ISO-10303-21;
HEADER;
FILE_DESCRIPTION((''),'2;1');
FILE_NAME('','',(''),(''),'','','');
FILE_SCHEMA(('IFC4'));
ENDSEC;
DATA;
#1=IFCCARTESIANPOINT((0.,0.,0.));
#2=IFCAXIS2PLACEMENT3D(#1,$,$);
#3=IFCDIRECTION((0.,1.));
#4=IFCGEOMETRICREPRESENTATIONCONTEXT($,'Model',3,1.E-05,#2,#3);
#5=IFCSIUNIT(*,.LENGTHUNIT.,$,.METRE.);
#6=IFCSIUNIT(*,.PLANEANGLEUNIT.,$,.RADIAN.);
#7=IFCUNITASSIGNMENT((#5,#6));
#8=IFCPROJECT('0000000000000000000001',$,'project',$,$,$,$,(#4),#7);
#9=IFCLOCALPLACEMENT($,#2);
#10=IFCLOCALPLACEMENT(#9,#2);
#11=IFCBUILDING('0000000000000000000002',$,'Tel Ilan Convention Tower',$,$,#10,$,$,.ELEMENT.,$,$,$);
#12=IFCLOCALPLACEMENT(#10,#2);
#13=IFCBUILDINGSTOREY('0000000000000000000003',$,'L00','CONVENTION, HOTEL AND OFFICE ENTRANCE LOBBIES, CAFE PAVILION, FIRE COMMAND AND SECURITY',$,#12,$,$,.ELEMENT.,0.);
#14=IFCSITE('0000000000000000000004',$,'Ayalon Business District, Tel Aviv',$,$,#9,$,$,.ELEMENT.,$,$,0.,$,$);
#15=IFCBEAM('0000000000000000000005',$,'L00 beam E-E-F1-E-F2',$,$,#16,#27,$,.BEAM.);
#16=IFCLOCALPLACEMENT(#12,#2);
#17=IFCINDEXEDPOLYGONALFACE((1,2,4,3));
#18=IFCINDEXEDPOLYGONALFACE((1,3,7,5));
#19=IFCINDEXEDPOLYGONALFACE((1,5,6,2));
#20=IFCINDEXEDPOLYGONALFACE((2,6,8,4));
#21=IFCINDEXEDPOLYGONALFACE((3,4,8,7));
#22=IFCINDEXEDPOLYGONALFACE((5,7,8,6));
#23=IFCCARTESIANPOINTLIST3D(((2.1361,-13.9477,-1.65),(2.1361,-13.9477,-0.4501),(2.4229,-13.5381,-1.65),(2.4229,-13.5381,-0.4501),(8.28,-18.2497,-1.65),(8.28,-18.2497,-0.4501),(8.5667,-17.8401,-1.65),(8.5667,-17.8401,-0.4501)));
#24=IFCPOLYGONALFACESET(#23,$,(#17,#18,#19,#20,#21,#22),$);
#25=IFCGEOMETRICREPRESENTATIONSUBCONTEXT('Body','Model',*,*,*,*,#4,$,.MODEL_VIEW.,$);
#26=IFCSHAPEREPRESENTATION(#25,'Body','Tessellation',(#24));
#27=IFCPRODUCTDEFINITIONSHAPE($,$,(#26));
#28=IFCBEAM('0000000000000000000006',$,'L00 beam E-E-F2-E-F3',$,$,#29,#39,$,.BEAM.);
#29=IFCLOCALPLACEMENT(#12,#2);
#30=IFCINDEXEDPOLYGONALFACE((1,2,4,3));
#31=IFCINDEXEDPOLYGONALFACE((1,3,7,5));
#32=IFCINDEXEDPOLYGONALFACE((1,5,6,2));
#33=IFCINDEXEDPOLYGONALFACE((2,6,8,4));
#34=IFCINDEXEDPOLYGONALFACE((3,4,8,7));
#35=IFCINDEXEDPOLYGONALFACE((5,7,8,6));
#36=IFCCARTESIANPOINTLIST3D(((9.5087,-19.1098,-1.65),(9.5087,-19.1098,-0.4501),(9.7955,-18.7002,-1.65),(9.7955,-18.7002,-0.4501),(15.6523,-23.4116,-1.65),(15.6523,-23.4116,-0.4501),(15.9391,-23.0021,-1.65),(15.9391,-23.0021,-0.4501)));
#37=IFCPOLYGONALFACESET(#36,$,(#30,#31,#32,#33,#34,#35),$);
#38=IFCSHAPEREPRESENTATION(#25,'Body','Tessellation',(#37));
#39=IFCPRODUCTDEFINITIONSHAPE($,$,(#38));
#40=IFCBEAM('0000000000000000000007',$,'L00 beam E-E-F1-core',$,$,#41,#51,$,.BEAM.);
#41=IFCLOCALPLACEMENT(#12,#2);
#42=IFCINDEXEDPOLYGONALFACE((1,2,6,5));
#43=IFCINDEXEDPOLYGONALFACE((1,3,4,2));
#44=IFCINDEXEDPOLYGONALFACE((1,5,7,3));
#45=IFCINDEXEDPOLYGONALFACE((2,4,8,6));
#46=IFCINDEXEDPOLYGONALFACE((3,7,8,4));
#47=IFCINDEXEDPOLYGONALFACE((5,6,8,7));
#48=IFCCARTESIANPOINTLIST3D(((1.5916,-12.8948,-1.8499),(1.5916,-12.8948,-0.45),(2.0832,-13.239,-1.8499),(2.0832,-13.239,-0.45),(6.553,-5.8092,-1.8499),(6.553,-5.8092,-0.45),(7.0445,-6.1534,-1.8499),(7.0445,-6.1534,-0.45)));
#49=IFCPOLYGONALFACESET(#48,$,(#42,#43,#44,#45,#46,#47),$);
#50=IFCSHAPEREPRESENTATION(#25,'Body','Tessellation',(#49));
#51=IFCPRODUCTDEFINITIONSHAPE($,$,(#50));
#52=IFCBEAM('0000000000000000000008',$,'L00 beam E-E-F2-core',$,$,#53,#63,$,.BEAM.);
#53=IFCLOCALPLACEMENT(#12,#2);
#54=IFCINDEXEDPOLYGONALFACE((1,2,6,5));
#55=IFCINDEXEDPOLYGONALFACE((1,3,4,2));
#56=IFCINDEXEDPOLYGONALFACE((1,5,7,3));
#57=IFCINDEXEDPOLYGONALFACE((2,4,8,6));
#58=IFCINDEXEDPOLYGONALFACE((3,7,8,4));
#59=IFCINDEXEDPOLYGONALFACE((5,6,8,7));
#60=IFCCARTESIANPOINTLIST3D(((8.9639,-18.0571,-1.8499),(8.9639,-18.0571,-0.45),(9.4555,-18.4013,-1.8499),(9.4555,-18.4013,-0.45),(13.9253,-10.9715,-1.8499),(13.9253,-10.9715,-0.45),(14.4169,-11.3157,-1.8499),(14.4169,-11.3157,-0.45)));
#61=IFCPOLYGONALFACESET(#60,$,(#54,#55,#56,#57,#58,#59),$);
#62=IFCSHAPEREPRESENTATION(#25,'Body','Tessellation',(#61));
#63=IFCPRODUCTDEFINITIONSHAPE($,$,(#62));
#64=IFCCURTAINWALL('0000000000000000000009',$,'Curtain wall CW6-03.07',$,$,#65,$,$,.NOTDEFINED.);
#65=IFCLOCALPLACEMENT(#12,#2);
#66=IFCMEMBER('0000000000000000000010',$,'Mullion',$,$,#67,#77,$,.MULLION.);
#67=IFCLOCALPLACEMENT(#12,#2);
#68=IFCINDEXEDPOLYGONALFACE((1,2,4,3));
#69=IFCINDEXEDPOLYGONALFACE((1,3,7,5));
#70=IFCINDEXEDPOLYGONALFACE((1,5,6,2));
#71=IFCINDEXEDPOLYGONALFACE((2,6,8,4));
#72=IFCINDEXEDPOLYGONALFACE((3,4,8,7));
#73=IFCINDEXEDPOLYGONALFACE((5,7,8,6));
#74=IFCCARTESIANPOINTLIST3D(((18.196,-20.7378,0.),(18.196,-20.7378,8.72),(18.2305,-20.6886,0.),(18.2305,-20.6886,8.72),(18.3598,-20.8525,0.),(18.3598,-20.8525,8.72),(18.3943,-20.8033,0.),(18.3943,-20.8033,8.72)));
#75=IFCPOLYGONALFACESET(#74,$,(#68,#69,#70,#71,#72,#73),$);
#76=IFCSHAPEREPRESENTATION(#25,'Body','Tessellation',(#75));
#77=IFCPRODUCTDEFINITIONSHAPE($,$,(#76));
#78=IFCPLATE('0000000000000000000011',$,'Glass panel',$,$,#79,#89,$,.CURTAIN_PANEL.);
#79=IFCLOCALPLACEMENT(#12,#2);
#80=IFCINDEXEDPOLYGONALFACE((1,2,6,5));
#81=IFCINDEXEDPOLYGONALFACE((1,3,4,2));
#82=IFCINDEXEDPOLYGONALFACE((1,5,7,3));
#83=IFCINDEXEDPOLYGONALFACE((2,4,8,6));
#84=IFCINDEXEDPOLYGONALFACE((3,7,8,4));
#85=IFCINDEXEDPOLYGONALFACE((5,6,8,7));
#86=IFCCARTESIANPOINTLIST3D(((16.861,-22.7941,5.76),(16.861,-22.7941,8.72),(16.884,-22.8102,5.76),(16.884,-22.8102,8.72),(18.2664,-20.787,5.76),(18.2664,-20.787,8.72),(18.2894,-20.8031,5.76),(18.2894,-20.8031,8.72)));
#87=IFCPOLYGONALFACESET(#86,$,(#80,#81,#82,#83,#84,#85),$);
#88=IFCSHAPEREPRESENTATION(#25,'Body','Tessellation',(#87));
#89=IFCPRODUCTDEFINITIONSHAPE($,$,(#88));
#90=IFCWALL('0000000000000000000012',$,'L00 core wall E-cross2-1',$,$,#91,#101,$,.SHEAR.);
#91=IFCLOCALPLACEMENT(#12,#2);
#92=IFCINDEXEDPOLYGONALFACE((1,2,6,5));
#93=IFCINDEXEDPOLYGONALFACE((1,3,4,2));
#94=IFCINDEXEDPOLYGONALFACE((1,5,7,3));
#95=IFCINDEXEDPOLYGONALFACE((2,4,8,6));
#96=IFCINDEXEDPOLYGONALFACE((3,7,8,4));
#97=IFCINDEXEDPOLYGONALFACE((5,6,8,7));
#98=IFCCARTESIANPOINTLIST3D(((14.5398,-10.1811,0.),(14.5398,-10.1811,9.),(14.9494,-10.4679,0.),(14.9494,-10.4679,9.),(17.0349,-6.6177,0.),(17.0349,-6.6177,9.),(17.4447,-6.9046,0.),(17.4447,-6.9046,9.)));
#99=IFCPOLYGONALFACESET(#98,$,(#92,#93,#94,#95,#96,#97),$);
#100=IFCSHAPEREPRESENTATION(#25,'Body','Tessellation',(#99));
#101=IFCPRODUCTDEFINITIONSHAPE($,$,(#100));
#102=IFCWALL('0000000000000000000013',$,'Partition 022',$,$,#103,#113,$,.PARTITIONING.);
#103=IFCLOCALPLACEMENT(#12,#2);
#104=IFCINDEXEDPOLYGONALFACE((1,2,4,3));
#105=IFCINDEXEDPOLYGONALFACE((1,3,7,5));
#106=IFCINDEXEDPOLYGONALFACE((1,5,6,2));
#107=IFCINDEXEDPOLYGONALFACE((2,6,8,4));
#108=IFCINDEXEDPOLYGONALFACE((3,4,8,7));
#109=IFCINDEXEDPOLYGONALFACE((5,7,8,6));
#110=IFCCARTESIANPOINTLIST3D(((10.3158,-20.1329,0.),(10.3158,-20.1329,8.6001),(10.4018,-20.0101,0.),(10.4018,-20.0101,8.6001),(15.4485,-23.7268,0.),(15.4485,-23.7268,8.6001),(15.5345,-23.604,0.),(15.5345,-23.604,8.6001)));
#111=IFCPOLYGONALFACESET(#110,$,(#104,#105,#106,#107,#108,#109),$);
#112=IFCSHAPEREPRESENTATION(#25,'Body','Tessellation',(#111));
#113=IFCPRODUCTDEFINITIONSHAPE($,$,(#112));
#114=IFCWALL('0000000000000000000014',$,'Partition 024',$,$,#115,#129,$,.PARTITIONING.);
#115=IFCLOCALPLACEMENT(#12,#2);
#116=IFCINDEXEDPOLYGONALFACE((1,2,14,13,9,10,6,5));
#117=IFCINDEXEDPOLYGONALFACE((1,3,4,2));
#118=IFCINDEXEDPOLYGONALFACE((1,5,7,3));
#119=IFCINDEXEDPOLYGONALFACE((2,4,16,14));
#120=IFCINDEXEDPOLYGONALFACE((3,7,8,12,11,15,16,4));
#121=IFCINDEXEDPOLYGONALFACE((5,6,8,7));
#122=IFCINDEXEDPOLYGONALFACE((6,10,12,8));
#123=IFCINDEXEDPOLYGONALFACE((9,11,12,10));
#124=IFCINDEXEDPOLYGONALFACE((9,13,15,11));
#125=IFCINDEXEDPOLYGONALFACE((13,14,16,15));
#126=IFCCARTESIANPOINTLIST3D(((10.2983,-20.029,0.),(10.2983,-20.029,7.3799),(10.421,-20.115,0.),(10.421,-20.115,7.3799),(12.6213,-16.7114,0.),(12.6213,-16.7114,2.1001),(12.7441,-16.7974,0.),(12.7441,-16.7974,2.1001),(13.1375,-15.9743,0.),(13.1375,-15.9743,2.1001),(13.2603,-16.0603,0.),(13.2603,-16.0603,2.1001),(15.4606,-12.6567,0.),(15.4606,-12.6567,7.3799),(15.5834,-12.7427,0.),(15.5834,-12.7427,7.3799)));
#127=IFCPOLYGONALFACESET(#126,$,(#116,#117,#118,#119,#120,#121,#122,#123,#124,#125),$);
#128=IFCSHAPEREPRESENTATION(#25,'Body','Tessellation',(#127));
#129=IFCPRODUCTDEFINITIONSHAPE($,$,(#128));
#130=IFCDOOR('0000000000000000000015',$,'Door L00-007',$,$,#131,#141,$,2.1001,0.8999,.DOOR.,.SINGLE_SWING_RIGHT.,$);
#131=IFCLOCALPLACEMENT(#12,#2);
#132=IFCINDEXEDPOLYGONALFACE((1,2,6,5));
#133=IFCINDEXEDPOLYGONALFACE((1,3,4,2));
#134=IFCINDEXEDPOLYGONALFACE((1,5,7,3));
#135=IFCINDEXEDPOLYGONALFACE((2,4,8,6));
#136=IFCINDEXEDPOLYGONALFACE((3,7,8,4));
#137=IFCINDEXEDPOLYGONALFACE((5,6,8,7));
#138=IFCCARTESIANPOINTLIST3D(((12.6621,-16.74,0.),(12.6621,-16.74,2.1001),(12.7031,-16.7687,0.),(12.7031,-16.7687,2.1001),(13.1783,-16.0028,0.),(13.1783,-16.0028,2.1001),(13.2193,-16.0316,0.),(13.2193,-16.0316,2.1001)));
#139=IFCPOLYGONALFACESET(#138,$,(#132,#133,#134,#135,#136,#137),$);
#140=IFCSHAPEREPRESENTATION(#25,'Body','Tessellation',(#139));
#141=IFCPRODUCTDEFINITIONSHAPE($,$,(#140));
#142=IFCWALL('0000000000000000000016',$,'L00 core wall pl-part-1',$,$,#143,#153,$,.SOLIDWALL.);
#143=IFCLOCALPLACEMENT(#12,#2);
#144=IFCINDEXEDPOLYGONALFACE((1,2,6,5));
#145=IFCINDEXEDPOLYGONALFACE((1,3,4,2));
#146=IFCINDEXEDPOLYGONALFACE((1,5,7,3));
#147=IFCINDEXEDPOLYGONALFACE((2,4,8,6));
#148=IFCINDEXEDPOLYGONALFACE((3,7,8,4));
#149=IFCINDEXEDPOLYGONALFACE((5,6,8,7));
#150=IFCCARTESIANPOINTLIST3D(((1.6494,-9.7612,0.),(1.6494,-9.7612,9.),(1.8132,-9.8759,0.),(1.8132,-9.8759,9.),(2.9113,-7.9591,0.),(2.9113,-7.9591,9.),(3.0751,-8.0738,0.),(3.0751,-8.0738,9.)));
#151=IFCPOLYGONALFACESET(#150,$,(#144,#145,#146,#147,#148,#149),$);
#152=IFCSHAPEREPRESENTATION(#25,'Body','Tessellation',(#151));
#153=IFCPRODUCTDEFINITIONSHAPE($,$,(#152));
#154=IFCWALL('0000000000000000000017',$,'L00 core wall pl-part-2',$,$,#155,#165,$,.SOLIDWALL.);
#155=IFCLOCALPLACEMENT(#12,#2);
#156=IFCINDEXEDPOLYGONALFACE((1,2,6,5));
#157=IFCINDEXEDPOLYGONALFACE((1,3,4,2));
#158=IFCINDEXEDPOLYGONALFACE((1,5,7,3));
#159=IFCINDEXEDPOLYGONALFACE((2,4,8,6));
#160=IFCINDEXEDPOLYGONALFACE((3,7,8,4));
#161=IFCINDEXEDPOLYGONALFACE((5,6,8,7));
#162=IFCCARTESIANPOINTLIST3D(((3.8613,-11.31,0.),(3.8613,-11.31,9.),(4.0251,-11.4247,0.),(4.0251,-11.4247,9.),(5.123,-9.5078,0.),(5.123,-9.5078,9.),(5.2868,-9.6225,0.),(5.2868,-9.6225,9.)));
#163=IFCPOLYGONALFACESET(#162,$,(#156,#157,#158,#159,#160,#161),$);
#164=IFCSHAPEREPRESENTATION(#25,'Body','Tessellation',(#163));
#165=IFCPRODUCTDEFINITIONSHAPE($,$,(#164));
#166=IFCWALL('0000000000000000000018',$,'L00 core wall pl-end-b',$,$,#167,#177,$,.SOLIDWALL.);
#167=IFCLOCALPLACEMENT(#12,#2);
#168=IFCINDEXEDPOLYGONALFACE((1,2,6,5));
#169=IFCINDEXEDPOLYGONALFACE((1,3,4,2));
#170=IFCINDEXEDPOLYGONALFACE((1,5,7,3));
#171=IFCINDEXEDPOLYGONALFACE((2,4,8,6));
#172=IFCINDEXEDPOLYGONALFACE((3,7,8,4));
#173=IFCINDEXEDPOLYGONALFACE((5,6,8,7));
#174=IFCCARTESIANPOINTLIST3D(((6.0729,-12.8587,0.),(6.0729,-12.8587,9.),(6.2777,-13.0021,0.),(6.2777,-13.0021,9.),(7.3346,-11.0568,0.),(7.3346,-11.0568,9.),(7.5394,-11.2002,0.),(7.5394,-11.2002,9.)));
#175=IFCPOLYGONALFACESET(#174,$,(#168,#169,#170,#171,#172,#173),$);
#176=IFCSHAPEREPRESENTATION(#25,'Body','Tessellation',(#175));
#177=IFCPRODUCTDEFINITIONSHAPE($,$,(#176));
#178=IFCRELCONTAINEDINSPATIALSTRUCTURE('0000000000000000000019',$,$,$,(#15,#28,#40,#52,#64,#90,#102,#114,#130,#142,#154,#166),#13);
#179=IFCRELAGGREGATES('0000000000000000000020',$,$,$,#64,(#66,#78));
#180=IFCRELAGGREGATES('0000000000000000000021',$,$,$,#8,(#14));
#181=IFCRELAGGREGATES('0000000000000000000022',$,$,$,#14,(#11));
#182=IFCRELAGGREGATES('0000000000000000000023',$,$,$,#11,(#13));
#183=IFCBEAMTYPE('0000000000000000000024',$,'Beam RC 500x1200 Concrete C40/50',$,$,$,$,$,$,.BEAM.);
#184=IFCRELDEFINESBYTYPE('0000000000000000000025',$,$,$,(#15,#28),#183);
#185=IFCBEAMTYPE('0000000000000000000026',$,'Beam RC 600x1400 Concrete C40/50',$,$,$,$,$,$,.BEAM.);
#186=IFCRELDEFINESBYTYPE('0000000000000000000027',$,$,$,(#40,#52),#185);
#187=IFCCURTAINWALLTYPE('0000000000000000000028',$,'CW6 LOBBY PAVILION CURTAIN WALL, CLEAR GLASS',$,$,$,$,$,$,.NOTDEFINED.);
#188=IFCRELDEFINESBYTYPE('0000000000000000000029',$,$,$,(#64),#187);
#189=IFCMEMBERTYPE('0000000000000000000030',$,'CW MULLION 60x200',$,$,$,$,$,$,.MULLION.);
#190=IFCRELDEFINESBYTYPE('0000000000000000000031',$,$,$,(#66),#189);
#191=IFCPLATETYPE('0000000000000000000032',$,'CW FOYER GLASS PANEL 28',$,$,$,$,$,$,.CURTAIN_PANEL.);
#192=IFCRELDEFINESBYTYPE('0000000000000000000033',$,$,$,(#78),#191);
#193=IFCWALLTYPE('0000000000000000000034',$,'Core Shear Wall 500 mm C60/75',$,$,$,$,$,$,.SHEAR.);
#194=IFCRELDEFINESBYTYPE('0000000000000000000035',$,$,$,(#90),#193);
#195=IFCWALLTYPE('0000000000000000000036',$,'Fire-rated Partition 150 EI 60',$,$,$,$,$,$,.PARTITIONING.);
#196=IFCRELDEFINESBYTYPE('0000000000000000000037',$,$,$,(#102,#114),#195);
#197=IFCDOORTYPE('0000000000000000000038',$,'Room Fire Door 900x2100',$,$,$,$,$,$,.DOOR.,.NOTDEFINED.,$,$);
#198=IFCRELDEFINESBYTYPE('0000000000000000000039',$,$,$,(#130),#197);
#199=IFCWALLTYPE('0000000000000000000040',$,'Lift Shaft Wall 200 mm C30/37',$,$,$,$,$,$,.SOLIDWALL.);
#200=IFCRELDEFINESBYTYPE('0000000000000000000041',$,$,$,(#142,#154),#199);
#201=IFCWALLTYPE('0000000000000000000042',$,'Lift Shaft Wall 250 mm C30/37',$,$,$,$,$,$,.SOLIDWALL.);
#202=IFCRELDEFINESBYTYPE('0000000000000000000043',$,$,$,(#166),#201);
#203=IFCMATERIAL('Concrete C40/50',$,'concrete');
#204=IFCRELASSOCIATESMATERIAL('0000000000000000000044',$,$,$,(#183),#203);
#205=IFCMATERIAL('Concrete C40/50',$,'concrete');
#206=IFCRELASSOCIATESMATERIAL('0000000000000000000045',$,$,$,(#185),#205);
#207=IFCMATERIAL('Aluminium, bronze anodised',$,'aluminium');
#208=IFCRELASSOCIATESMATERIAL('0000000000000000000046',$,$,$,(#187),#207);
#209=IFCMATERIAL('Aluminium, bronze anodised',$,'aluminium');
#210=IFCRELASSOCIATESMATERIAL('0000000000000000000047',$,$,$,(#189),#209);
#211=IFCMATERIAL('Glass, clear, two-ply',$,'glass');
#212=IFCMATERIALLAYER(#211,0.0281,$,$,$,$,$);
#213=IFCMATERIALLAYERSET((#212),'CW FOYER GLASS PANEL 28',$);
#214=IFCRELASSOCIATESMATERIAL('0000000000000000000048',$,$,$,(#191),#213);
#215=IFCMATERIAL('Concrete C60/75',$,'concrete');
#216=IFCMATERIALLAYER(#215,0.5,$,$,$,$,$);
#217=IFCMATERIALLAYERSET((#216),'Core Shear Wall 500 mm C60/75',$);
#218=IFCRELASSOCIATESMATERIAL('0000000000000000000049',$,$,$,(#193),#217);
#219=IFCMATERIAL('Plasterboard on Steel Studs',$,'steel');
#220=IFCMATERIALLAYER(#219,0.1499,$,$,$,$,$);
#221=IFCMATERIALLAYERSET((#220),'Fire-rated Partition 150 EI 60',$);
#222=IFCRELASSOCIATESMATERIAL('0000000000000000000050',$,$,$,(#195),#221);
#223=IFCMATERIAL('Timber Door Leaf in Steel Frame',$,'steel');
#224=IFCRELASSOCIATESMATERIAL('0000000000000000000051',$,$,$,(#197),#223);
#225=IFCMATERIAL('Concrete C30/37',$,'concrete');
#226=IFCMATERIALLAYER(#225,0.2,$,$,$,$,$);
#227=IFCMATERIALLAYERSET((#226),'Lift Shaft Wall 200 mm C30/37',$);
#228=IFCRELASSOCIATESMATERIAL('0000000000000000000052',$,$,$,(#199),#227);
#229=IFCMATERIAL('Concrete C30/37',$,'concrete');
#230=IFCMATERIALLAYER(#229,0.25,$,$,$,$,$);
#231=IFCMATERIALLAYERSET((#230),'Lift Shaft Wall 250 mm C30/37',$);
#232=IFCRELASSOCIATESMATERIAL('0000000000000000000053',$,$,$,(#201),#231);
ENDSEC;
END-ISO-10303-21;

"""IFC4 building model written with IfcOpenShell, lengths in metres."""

from ifc_helpers import new_model, si_unit, direction, frame, frame_2d, origin, origin_2d, place, context, subcontext, project, spatial, polyline, rectangle, outline, extrude, material, layer, layer_set, material_profile, profile_set, type_object, element, fill, aggregate, save


model = new_model("IFC4")

# Units and contexts
model_context = context("Model", 3, precision=1e-05, world=origin(), true_north=direction((0.0, 1.0)))
body_context = subcontext(model_context, "Body", "Model", "MODEL_VIEW")
ifc_project = project(units=[si_unit("LENGTHUNIT", "METRE"), si_unit("PLANEANGLEUNIT", "RADIAN")], contexts=[model_context])

# Site, building, storey
site_placement = place(None, origin())
site = spatial("IfcSite", under=ifc_project, at=site_placement, Name="Ayalon Business District, Tel Aviv", CompositionType="ELEMENT", RefElevation=0.0)
building_placement = place(site_placement, origin())
building = spatial("IfcBuilding", under=site, at=building_placement, Name="Tel Ilan Convention Tower", CompositionType="ELEMENT")
storey_placement = place(building_placement, origin())
storey = spatial("IfcBuildingStorey", under=building, at=storey_placement, Name="L00", Description="CONVENTION, HOTEL AND OFFICE ENTRANCE LOBBIES, CAFE PAVILION, FIRE COMMAND AND SECURITY", CompositionType="ELEMENT", Elevation=0.0)

# Beams
ifc_material_1 = material(Name="Concrete C40/50", Category="concrete")
ifc_material_profile_1 = material_profile(ifc_material_1, rectangle(XDim=0.5, YDim=1.2, at=origin_2d()), Name="RC 500x1200")
ifc_profile_set_1 = profile_set([ifc_material_profile_1], Name="Concrete C40/50")
beam_type_1 = type_object("IfcBeamType", Name="Beam RC 500x1200 Concrete C40/50", PredefinedType="BEAM", material=ifc_profile_set_1)
beam_1_placement = place(storey_placement, frame((2.2795, -13.7429, -1.05), z_axis=(0.819148, -0.573582, 0.0), x_axis=(0.573582, 0.819148, 0.0)))
element("IfcBeam", 1, at=beam_1_placement, inside=storey, type_object=beam_type_1, Name="L00 beam E-E-F1-E-F2", PredefinedType="BEAM", context=body_context, shape_type="SweptSolid", body=[
    extrude(rectangle(XDim=0.5, YDim=1.2, at=origin_2d()), origin(), (0.0, 0.0, 1.0), 7.5002),
])
beam_2_placement = place(storey_placement, frame((9.6521, -18.905, -1.05), z_axis=(0.819152, -0.573576, 0.0), x_axis=(0.573576, 0.819152, 0.0)))
element("IfcBeam", 2, at=beam_2_placement, inside=storey, type_object=beam_type_1, Name="L00 beam E-E-F2-E-F3", PredefinedType="BEAM", context=body_context, shape_type="SweptSolid", body=[
    extrude(rectangle(XDim=0.5, YDim=1.2, at=origin_2d()), origin(), (0.0, 0.0, 1.0), 7.5),
])
ifc_material_2 = material(Name="Concrete C40/50", Category="concrete")
ifc_material_profile_2 = material_profile(ifc_material_2, rectangle(XDim=0.6001, YDim=1.3999, at=origin_2d()), Name="RC 600x1400")
ifc_profile_set_2 = profile_set([ifc_material_profile_2], Name="Concrete C40/50")
beam_type_2 = type_object("IfcBeamType", Name="Beam RC 600x1400 Concrete C40/50", PredefinedType="BEAM", material=ifc_profile_set_2)
for number, where, z_axis, x_axis, name in (
    (3, (1.8374, -13.0669, -1.1499), (0.573574, 0.819154, 0.0), (-0.819154, 0.573574, 0.0), "L00 beam E-E-F1-core"),
    (4, (9.2097, -18.2292, -1.1499), (0.573574, 0.819154, 0.0), (-0.819154, 0.573574, 0.0), "L00 beam E-E-F2-core"),
):
    element("IfcBeam", number, at=place(storey_placement, frame(where, z_axis=z_axis, x_axis=x_axis)), inside=storey, type_object=beam_type_2, Name=name, PredefinedType="BEAM", context=body_context, shape_type="SweptSolid", body=[
        extrude(rectangle(XDim=0.6001, YDim=1.3999, at=origin_2d()), origin(), (0.0, 0.0, 1.0), 8.6499),
    ])

# Curtain wall, member, plate
ifc_material_3 = material(Name="Aluminium, bronze anodised", Category="aluminium")
curtain_wall_type = type_object("IfcCurtainWallType", Name="CW6 LOBBY PAVILION CURTAIN WALL, CLEAR GLASS", PredefinedType="NOTDEFINED", material=ifc_material_3)
curtain_wall_placement = place(storey_placement, origin())
curtain_wall = element("IfcCurtainWall", 5, at=curtain_wall_placement, inside=storey, type_object=curtain_wall_type, Name="Curtain wall CW6-03.07", PredefinedType="NOTDEFINED")
ifc_material_4 = material(Name="Aluminium, bronze anodised", Category="aluminium")
ifc_material_profile_3 = material_profile(ifc_material_4, rectangle(XDim=0.0601, YDim=0.2, at=origin_2d()), Name="CW MULLION 60x200")
ifc_profile_set_3 = profile_set([ifc_material_profile_3], Name="Aluminium, bronze anodised")
member_type = type_object("IfcMemberType", Name="CW MULLION 60x200", PredefinedType="MULLION", material=ifc_profile_set_3)
member_placement = place(storey_placement, frame((18.2952, -20.7705, 0.0), z_axis=(0.0, 0.0, 1.0), x_axis=(-0.573576, -0.819152, 0.0)))
member = element("IfcMember", 6, at=member_placement, type_object=member_type, Name="Mullion", PredefinedType="MULLION", context=body_context, shape_type="SweptSolid", body=[
    extrude(rectangle(XDim=0.0601, YDim=0.2, at=origin_2d()), origin(), (0.0, 0.0, 1.0), 8.72),
])
ifc_material_5 = material(Name="Glass, clear, two-ply", Category="glass")
ifc_layer_1 = layer(ifc_material_5, 0.0281)
ifc_layer_set_1 = layer_set([ifc_layer_1], Name="CW FOYER GLASS PANEL 28")
plate_type = type_object("IfcPlateType", Name="CW FOYER GLASS PANEL 28", PredefinedType="CURTAIN_PANEL", material=ifc_layer_set_1)
plate_placement = place(storey_placement, frame((17.5752, -21.7986, 5.76), z_axis=(0.0, 0.0, 1.0), x_axis=(-0.573576, -0.819152, 0.0)))
plate = element("IfcPlate", 7, at=plate_placement, type_object=plate_type, Name="Glass panel", PredefinedType="CURTAIN_PANEL", context=body_context, shape_type="SweptSolid", body=[
    extrude(rectangle(XDim=2.4502, YDim=0.0281, at=origin_2d()), origin(), (0.0, 0.0, 1.0), 2.96),
])
aggregate(curtain_wall, [member, plate])

# Walls
ifc_material_6 = material(Name="Concrete C60/75", Category="concrete")
ifc_layer_2 = layer(ifc_material_6, 0.5)
ifc_layer_set_2 = layer_set([ifc_layer_2], Name="Core Shear Wall 500 mm C60/75")
wall_type_1 = type_object("IfcWallType", Name="Core Shear Wall 500 mm C60/75", PredefinedType="SHEAR", material=ifc_layer_set_2)
wall_1_placement = place(storey_placement, frame((14.7446, -10.3245, 0.0), z_axis=(0.0, 0.0, 1.0), x_axis=(0.573568, 0.819158, 0.0)))
element("IfcWall", 8, at=wall_1_placement, inside=storey, type_object=wall_type_1, Name="L00 core wall E-cross2-1", PredefinedType="SHEAR", context=body_context, shape_type="SweptSolid", body=[
    extrude(outline(polyline([(0.0, 0.25), (0.0, -0.25), (4.3501, -0.2502), (4.3501, 0.25), (0.0, 0.25)])), origin(), (0.0, 0.0, 1.0), 9.0),
])
ifc_material_7 = material(Name="Plasterboard on Steel Studs", Category="steel")
ifc_layer_3 = layer(ifc_material_7, 0.1499)
ifc_layer_set_3 = layer_set([ifc_layer_3], Name="Fire-rated Partition 150 EI 60")
wall_type_2 = type_object("IfcWallType", Name="Fire-rated Partition 150 EI 60", PredefinedType="PARTITIONING", material=ifc_layer_set_3)
wall_2_placement = place(storey_placement, frame((10.3589, -20.0715, 0.0), z_axis=(0.0, 0.0, 1.0), x_axis=(0.819155, -0.573572, 0.0)))
element("IfcWall", 9, at=wall_2_placement, inside=storey, type_object=wall_type_2, Name="Partition 022", PredefinedType="PARTITIONING", context=body_context, shape_type="SweptSolid", body=[
    extrude(rectangle(XDim=6.2659, YDim=0.1499, at=frame_2d((3.1328, 0.0))), origin(), (0.0, 0.0, 1.0), 8.6001),
])

# Wall, opening, door
wall_3_placement = place(storey_placement, frame((15.522, -12.6997, 0.0), z_axis=(0.0, 0.0, 1.0), x_axis=(-0.573592, -0.819141, 0.0)))
wall_3 = element("IfcWall", 10, at=wall_3_placement, inside=storey, type_object=wall_type_2, Name="Partition 024", PredefinedType="PARTITIONING", context=body_context, shape_type="SweptSolid", body=[
    extrude(rectangle(XDim=9.0, YDim=0.1499, at=frame_2d((4.5, 0.0))), origin(), (0.0, 0.0, 1.0), 7.3799),
])
opening_placement = place(wall_3_placement, frame((4.05, 0.0, 0.0)))
opening = element("IfcOpeningElement", 11, at=opening_placement, cuts=wall_3, PredefinedType="OPENING", context=body_context, shape_type="SweptSolid", body=[
    extrude(rectangle(XDim=0.8999, YDim=2.1001, at=frame_2d((0.45, 1.05))), frame((0.0, 0.085, 0.0), z_axis=(0.0, -1.0, 0.0), x_axis=(1.0, 0.0, 0.0)), (0.0, 0.0, 1.0), 0.1699),
])
ifc_material_8 = material(Name="Timber Door Leaf in Steel Frame", Category="steel")
door_type = type_object("IfcDoorType", Name="Room Fire Door 900x2100", OperationType="NOTDEFINED", PredefinedType="DOOR", material=ifc_material_8)
door_placement = place(opening_placement, origin())
door = element("IfcDoor", 12, at=door_placement, inside=storey, type_object=door_type, Name="Door L00-007", OperationType="SINGLE_SWING_RIGHT", OverallHeight=2.1001, OverallWidth=0.8999, PredefinedType="DOOR", context=body_context, shape_type="SweptSolid", body=[
    extrude(rectangle(XDim=0.8999, YDim=2.1001, at=frame_2d((0.45, 1.05))), frame((0.0, 0.0249, 0.0), z_axis=(0.0, -1.0, 0.0), x_axis=(1.0, 0.0, 0.0)), (0.0, 0.0, 1.0), 0.05),
])
fill(opening, door)

# Walls
ifc_material_9 = material(Name="Concrete C30/37", Category="concrete")
ifc_layer_4 = layer(ifc_material_9, 0.2)
ifc_layer_set_4 = layer_set([ifc_layer_4], Name="Lift Shaft Wall 200 mm C30/37")
wall_type_3 = type_object("IfcWallType", Name="Lift Shaft Wall 200 mm C30/37", PredefinedType="SOLIDWALL", material=ifc_layer_set_4)
for number, where, z_axis, x_axis, name in (
    (13, (1.7312, -9.8186, 0.0), (0.0, 0.0, 1.0), (0.573634, 0.819112, 0.0), "L00 core wall pl-part-1"),
    (14, (3.9431, -11.3674, 0.0), (0.0, 0.0, 1.0), (0.573507, 0.819201, 0.0), "L00 core wall pl-part-2"),
):
    element("IfcWall", number, at=place(storey_placement, frame(where, z_axis=z_axis, x_axis=x_axis)), inside=storey, type_object=wall_type_3, Name=name, PredefinedType="SOLIDWALL", context=body_context, shape_type="SweptSolid", body=[
        extrude(rectangle(XDim=2.2, YDim=0.2, at=frame_2d((1.1001, 0.0))), origin(), (0.0, 0.0, 1.0), 9.0),
    ])
ifc_material_10 = material(Name="Concrete C30/37", Category="concrete")
ifc_layer_5 = layer(ifc_material_10, 0.25)
ifc_layer_set_5 = layer_set([ifc_layer_5], Name="Lift Shaft Wall 250 mm C30/37")
wall_type_4 = type_object("IfcWallType", Name="Lift Shaft Wall 250 mm C30/37", PredefinedType="SOLIDWALL", material=ifc_layer_set_5)
wall_4_placement = place(storey_placement, frame((6.1753, -12.9304, 0.0), z_axis=(0.0, 0.0, 1.0), x_axis=(0.573559, 0.819164, 0.0)))
element("IfcWall", 15, at=wall_4_placement, inside=storey, type_object=wall_type_4, Name="L00 core wall pl-end-b", PredefinedType="SOLIDWALL", context=body_context, shape_type="SweptSolid", body=[
    extrude(rectangle(XDim=2.1997, YDim=0.25, at=frame_2d((1.0999, 0.0))), origin(), (0.0, 0.0, 1.0), 9.0),
])

save(model, "model.ifc")
